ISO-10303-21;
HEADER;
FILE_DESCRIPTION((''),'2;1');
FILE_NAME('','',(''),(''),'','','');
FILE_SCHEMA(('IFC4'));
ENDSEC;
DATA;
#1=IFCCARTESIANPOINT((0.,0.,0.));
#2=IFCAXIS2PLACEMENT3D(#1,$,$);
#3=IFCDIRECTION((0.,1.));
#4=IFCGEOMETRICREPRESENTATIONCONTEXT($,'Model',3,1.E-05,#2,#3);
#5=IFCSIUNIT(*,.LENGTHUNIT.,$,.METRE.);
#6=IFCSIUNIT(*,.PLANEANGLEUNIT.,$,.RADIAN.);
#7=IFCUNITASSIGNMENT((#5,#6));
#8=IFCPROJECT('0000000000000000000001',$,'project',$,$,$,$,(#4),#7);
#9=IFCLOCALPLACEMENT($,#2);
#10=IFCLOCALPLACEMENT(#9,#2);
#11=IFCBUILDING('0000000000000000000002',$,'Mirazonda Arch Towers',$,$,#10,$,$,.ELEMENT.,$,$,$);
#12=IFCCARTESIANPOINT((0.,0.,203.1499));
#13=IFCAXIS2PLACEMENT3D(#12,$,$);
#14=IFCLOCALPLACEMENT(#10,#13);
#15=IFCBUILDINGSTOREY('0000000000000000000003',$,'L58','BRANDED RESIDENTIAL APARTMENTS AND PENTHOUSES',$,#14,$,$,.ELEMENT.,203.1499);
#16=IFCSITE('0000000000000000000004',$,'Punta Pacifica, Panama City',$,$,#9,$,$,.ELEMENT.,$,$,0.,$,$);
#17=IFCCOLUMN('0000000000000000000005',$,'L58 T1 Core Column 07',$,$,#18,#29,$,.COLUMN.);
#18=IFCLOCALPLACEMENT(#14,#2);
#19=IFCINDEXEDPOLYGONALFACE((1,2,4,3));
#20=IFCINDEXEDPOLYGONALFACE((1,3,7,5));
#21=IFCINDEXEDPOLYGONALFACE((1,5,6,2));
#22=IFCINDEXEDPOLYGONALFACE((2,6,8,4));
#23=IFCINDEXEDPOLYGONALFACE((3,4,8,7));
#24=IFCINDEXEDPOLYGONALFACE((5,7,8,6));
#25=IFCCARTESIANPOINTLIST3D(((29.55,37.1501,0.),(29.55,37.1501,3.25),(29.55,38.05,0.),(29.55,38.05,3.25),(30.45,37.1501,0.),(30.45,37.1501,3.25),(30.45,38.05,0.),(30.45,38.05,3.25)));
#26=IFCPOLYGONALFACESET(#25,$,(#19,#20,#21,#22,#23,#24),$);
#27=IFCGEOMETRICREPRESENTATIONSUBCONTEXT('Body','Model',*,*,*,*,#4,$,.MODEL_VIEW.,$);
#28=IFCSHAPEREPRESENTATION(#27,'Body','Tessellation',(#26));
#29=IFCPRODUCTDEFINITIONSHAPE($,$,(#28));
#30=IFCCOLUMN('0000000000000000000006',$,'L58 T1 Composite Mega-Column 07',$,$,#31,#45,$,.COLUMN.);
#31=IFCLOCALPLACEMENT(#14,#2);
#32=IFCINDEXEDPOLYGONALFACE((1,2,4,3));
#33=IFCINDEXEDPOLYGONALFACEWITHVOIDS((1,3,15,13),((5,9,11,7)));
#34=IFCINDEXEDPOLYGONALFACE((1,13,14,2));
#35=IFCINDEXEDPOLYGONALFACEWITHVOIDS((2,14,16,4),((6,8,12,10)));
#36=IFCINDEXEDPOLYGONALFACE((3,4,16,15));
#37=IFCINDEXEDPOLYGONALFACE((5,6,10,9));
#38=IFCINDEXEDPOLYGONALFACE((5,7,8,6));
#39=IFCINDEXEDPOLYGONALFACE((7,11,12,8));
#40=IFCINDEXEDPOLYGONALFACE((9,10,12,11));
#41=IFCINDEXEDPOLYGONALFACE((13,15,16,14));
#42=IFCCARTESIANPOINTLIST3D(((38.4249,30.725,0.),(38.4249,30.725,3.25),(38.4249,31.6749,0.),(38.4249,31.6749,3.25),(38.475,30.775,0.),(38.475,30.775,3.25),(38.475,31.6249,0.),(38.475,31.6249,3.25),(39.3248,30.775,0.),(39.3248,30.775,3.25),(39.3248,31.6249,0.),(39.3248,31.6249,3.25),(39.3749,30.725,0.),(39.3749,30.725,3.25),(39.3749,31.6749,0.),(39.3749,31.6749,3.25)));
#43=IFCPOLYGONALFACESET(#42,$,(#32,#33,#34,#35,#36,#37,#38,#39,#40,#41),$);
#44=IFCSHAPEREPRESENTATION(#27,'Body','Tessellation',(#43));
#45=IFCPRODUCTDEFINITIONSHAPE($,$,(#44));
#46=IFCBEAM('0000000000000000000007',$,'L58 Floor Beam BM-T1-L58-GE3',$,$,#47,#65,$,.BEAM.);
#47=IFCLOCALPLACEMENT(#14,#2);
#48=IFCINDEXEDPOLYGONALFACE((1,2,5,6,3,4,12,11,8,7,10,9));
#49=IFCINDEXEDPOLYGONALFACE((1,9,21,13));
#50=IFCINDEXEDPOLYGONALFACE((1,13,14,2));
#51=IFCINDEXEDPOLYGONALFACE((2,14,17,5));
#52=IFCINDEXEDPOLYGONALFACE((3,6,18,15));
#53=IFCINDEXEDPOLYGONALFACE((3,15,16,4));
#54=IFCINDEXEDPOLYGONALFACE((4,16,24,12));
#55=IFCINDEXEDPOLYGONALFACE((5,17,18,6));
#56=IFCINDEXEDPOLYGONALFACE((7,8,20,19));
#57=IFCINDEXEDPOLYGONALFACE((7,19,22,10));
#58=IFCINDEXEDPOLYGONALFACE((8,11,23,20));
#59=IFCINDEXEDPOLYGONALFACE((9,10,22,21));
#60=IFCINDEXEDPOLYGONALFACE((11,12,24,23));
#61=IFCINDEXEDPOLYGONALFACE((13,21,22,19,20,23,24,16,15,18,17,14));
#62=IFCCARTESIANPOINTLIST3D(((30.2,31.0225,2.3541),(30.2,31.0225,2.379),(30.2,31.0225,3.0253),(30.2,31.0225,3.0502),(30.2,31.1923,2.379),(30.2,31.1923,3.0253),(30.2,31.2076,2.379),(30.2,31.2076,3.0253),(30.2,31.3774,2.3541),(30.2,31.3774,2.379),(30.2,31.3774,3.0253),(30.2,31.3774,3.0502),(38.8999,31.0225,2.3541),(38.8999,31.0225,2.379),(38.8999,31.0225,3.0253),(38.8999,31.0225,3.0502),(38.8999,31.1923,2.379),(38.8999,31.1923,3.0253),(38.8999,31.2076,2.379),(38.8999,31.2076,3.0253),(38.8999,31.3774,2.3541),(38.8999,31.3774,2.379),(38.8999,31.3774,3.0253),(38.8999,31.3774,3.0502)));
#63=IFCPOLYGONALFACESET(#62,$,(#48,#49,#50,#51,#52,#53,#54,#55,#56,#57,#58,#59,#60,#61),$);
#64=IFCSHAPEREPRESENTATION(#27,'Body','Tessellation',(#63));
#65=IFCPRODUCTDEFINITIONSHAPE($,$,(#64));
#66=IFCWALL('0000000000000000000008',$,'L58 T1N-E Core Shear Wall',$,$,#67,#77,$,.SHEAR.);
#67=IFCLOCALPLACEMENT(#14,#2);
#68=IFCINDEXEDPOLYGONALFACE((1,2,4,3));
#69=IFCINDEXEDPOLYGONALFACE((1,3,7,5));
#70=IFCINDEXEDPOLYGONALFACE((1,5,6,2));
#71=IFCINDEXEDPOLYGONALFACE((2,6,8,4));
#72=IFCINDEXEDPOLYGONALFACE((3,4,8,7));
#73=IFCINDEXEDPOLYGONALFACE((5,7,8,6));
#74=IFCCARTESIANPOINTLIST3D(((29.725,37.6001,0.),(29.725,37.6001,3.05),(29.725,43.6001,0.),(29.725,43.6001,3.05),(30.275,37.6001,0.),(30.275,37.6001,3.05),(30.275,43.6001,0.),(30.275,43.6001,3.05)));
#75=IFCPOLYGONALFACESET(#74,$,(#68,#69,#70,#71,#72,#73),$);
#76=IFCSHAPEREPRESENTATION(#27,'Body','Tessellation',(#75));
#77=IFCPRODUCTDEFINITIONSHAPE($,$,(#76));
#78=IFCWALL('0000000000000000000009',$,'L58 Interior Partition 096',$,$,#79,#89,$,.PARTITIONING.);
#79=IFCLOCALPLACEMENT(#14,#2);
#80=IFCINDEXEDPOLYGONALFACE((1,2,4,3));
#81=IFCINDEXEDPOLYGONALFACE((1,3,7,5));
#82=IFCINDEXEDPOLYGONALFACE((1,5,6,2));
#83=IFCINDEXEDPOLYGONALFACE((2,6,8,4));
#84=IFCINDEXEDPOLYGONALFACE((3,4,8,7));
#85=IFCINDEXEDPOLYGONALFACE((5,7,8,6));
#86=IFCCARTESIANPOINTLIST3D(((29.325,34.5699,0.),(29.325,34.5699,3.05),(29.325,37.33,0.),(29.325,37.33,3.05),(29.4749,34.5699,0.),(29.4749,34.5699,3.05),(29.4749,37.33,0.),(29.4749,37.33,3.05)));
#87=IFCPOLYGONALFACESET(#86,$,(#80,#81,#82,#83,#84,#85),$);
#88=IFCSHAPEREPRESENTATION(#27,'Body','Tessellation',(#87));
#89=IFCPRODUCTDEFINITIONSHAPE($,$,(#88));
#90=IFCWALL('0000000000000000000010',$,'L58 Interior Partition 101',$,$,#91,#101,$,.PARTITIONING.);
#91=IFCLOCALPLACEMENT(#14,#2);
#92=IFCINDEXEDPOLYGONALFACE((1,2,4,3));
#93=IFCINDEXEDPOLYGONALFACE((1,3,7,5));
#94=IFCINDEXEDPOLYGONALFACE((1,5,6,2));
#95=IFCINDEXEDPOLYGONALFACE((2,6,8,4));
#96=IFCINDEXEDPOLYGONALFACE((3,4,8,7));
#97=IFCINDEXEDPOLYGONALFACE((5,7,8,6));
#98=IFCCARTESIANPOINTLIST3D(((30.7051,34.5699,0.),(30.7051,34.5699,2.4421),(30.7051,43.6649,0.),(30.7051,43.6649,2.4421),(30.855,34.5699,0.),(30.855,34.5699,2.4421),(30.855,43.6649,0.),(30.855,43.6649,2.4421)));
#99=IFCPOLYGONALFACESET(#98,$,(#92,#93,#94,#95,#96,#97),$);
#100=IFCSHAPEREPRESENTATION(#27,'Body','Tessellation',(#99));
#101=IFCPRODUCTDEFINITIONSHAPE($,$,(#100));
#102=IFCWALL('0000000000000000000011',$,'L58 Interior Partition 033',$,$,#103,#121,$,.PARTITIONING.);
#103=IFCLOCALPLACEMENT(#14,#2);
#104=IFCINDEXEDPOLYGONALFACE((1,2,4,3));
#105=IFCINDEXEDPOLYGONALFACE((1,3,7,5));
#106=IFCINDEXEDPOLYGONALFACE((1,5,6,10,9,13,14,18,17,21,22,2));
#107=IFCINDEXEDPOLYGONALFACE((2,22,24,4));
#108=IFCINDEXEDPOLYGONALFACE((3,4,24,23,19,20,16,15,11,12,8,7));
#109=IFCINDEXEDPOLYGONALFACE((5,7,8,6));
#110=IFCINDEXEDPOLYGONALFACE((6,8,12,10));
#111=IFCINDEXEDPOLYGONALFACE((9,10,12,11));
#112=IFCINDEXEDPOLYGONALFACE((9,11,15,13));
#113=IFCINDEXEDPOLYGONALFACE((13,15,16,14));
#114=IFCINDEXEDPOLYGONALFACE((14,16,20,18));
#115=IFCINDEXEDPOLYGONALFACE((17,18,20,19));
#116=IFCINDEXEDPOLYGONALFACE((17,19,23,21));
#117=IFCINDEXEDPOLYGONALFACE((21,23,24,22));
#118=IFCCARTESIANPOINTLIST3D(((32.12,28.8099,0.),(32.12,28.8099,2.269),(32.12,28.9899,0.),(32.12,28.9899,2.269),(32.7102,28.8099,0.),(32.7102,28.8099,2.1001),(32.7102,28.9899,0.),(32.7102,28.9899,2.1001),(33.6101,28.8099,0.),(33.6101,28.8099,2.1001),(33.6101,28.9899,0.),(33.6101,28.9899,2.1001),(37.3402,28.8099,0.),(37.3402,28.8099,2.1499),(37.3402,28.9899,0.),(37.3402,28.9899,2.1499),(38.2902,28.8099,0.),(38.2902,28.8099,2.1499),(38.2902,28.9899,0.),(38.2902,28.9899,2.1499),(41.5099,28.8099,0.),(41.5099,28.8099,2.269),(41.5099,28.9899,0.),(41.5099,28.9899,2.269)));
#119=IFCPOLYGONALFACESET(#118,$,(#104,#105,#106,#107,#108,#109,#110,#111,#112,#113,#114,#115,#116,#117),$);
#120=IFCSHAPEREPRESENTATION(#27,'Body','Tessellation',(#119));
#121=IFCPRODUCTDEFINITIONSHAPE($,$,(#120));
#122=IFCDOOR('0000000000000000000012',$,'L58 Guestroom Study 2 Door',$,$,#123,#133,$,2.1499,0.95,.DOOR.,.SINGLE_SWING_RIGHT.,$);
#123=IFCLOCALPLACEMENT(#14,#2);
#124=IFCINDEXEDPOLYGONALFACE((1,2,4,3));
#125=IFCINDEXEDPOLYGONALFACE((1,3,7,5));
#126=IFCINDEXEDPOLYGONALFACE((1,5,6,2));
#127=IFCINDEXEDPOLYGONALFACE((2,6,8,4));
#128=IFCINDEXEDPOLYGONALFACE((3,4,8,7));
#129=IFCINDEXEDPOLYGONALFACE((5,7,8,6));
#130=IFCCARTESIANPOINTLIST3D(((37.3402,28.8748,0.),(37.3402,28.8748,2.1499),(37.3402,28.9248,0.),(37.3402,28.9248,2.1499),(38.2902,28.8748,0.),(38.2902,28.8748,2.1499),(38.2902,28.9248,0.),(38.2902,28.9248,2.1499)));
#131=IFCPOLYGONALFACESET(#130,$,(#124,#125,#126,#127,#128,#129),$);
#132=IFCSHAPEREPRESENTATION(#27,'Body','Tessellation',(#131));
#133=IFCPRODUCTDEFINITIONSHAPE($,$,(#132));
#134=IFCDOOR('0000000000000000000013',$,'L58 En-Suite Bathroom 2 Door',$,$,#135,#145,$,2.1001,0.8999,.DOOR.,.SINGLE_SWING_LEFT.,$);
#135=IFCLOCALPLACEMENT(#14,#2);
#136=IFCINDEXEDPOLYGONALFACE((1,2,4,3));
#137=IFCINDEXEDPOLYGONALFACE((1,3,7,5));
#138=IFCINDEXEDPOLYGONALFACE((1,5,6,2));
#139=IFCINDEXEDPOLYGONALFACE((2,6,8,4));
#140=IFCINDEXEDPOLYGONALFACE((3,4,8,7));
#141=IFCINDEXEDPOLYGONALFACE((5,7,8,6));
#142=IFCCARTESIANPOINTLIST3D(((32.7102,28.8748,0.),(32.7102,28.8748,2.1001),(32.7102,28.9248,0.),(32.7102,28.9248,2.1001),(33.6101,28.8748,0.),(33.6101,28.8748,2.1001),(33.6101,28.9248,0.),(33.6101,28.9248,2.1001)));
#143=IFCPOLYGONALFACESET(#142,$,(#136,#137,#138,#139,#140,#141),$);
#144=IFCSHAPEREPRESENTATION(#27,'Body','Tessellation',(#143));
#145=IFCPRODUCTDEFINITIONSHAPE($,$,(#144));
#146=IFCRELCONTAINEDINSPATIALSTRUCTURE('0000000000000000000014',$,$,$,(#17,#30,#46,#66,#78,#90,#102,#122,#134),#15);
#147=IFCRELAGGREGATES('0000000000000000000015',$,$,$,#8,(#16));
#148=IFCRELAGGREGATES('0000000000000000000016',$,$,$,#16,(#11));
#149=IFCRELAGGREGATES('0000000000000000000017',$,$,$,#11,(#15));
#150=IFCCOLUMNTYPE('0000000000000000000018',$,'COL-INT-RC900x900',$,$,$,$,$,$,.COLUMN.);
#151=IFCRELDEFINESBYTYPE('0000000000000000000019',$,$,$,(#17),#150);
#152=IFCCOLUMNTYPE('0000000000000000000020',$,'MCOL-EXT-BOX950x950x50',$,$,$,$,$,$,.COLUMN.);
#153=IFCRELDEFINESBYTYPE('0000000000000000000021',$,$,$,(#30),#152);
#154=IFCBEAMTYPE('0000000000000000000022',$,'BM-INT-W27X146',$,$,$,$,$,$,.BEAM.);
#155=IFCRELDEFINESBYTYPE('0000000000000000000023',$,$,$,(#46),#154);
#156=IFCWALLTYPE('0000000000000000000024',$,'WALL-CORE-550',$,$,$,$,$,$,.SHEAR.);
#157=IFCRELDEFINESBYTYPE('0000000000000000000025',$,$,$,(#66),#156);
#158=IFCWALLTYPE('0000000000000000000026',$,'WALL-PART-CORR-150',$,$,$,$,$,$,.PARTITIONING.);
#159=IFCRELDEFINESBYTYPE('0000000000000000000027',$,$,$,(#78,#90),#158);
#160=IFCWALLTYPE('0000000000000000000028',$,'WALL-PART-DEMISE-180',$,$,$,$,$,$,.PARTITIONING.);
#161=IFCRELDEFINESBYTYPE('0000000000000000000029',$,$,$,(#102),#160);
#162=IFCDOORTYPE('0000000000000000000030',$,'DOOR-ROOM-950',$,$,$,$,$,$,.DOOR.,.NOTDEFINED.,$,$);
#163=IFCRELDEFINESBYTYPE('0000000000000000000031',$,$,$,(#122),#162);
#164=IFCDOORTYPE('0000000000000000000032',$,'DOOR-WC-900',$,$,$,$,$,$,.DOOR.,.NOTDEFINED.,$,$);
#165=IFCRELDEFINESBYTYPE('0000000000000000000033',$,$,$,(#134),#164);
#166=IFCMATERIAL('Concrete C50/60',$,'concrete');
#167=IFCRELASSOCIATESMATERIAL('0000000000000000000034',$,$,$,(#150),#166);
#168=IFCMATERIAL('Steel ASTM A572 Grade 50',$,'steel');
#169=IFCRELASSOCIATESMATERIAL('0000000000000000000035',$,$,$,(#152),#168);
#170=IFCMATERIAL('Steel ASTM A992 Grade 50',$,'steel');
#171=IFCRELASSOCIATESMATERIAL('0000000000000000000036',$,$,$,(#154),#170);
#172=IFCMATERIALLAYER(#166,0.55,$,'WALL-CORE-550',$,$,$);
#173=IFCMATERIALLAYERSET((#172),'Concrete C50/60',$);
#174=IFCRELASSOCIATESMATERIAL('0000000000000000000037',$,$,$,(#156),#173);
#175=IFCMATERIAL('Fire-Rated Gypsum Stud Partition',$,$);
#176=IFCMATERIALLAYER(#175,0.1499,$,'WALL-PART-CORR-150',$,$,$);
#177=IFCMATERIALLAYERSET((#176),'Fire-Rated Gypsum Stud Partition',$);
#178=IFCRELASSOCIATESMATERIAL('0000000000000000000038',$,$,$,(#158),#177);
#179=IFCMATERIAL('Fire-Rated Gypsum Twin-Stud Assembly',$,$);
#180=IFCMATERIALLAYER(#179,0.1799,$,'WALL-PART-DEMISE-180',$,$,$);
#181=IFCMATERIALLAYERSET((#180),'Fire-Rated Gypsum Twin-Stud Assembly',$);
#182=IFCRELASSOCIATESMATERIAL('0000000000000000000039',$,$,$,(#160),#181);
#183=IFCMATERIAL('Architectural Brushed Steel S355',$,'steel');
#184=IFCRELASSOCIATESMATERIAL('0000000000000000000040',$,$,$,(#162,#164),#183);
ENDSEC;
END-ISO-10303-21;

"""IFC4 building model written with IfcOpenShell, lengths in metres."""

from ifc_helpers import new_model, si_unit, direction, frame, frame_2d, origin, origin_2d, place, context, subcontext, project, spatial, rectangle, hollow_rectangle, i_section, extrude, material, layer, layer_set, material_profile, profile_set, type_object, element, fill, save


model = new_model("IFC4")

# Units and contexts
model_context = context("Model", 3, precision=1e-05, world=origin(), true_north=direction((0.0, 1.0)))
body_context = subcontext(model_context, "Body", "Model", "MODEL_VIEW")
ifc_project = project(units=[si_unit("LENGTHUNIT", "METRE"), si_unit("PLANEANGLEUNIT", "RADIAN")], contexts=[model_context])

# Site, building, storey
site_placement = place(None, origin())
site = spatial("IfcSite", under=ifc_project, at=site_placement, Name="Punta Pacifica, Panama City", CompositionType="ELEMENT", RefElevation=0.0)
building_placement = place(site_placement, origin())
building = spatial("IfcBuilding", under=site, at=building_placement, Name="Mirazonda Arch Towers", CompositionType="ELEMENT")
storey_placement = place(building_placement, frame((0.0, 0.0, 203.1499)))
storey = spatial("IfcBuildingStorey", under=building, at=storey_placement, Name="L58", Description="BRANDED RESIDENTIAL APARTMENTS AND PENTHOUSES", CompositionType="ELEMENT", Elevation=203.1499)

# Columns
ifc_material_1 = material(Name="Concrete C50/60", Category="concrete")
ifc_material_profile_1 = material_profile(ifc_material_1, rectangle(XDim=0.8999, YDim=0.8999, at=origin_2d()), Name="RC900x900")
ifc_profile_set_1 = profile_set([ifc_material_profile_1], Name="Concrete C50/60")
column_type_1 = type_object("IfcColumnType", Name="COL-INT-RC900x900", PredefinedType="COLUMN", material=ifc_profile_set_1)
column_1_placement = place(storey_placement, frame((30.0, 37.6001, 0.0), z_axis=(0.0, 0.0, 1.0), x_axis=(1.0, 0.0, 0.0)))
element("IfcColumn", 1, at=column_1_placement, inside=storey, type_object=column_type_1, Name="L58 T1 Core Column 07", PredefinedType="COLUMN", context=body_context, shape_type="SweptSolid", body=[
    extrude(rectangle(XDim=0.8999, YDim=0.8999, at=origin_2d()), origin(), (0.0, 0.0, 1.0), 3.25),
])
ifc_material_2 = material(Name="Steel ASTM A572 Grade 50", Category="steel")
ifc_material_profile_2 = material_profile(ifc_material_2, hollow_rectangle(XDim=0.95, YDim=0.95, WallThickness=0.05, at=origin_2d()), Name="BOX950x950x50")
ifc_profile_set_2 = profile_set([ifc_material_profile_2], Name="Steel ASTM A572 Grade 50")
column_type_2 = type_object("IfcColumnType", Name="MCOL-EXT-BOX950x950x50", PredefinedType="COLUMN", material=ifc_profile_set_2)
column_2_placement = place(storey_placement, frame((38.8999, 31.2, 0.0), z_axis=(0.0, 0.0, 1.0), x_axis=(1.0, 0.0, 0.0)))
element("IfcColumn", 2, at=column_2_placement, inside=storey, type_object=column_type_2, Name="L58 T1 Composite Mega-Column 07", PredefinedType="COLUMN", context=body_context, shape_type="SweptSolid", body=[
    extrude(hollow_rectangle(XDim=0.95, YDim=0.95, WallThickness=0.05, at=origin_2d()), origin(), (0.0, 0.0, 1.0), 3.25),
])

# Beam
ifc_material_3 = material(Name="Steel ASTM A992 Grade 50", Category="steel")
ifc_material_profile_3 = material_profile(ifc_material_3, i_section(OverallWidth=0.355, OverallDepth=0.696, WebThickness=0.0154, FlangeThickness=0.0249, at=origin_2d()), Name="W27X146")
ifc_profile_set_3 = profile_set([ifc_material_profile_3], Name="Steel ASTM A992 Grade 50")
beam_type = type_object("IfcBeamType", Name="BM-INT-W27X146", PredefinedType="BEAM", material=ifc_profile_set_3)
beam_placement = place(storey_placement, frame((30.2, 31.2, 2.7021), z_axis=(1.0, 0.0, 0.0), x_axis=(0.0, 1.0, 0.0)))
element("IfcBeam", 3, at=beam_placement, inside=storey, type_object=beam_type, Name="L58 Floor Beam BM-T1-L58-GE3", PredefinedType="BEAM", context=body_context, shape_type="SweptSolid", body=[
    extrude(i_section(OverallWidth=0.355, OverallDepth=0.696, WebThickness=0.0154, FlangeThickness=0.0249, at=origin_2d()), origin(), (0.0, 0.0, 1.0), 8.7),
])

# Walls
ifc_layer_1 = layer(ifc_material_1, 0.55, Name="WALL-CORE-550")
ifc_layer_set_1 = layer_set([ifc_layer_1], Name="Concrete C50/60")
wall_type_1 = type_object("IfcWallType", Name="WALL-CORE-550", PredefinedType="SHEAR", material=ifc_layer_set_1)
wall_1_placement = place(storey_placement, frame((30.0, 37.6001, 0.0), z_axis=(0.0, 0.0, 1.0), x_axis=(0.0, 1.0, 0.0)))
element("IfcWall", 4, at=wall_1_placement, inside=storey, type_object=wall_type_1, Name="L58 T1N-E Core Shear Wall", PredefinedType="SHEAR", context=body_context, shape_type="SweptSolid", body=[
    extrude(rectangle(XDim=6.0, YDim=0.55, at=frame_2d((3.0, 0.0))), origin(), (0.0, 0.0, 1.0), 3.05),
])
ifc_material_4 = material(Name="Fire-Rated Gypsum Stud Partition")
ifc_layer_2 = layer(ifc_material_4, 0.1499, Name="WALL-PART-CORR-150")
ifc_layer_set_2 = layer_set([ifc_layer_2], Name="Fire-Rated Gypsum Stud Partition")
wall_type_2 = type_object("IfcWallType", Name="WALL-PART-CORR-150", PredefinedType="PARTITIONING", material=ifc_layer_set_2)
wall_2_placement = place(storey_placement, frame((29.3999, 34.5701, 0.0), z_axis=(0.0, 0.0, 1.0), x_axis=(0.0, 1.0, 0.0)))
element("IfcWall", 5, at=wall_2_placement, inside=storey, type_object=wall_type_2, Name="L58 Interior Partition 096", PredefinedType="PARTITIONING", context=body_context, shape_type="SweptSolid", body=[
    extrude(rectangle(XDim=2.76, YDim=0.1499, at=frame_2d((1.3799, 0.0))), origin(), (0.0, 0.0, 1.0), 3.05),
])
wall_3_placement = place(storey_placement, frame((30.78, 34.5701, 0.0), z_axis=(0.0, 0.0, 1.0), x_axis=(0.0, 1.0, 0.0)))
element("IfcWall", 6, at=wall_3_placement, inside=storey, type_object=wall_type_2, Name="L58 Interior Partition 101", PredefinedType="PARTITIONING", context=body_context, shape_type="SweptSolid", body=[
    extrude(rectangle(XDim=9.095, YDim=0.1499, at=frame_2d((4.5474, 0.0))), origin(), (0.0, 0.0, 1.0), 2.4421),
])

# Wall, openings, doors
ifc_material_5 = material(Name="Fire-Rated Gypsum Twin-Stud Assembly")
ifc_layer_3 = layer(ifc_material_5, 0.1799, Name="WALL-PART-DEMISE-180")
ifc_layer_set_3 = layer_set([ifc_layer_3], Name="Fire-Rated Gypsum Twin-Stud Assembly")
wall_type_3 = type_object("IfcWallType", Name="WALL-PART-DEMISE-180", PredefinedType="PARTITIONING", material=ifc_layer_set_3)
wall_4_placement = place(storey_placement, frame((32.1201, 28.8999, 0.0), z_axis=(0.0, 0.0, 1.0), x_axis=(1.0, 0.0, 0.0)))
wall_4 = element("IfcWall", 7, at=wall_4_placement, inside=storey, type_object=wall_type_3, Name="L58 Interior Partition 033", PredefinedType="PARTITIONING", context=body_context, shape_type="SweptSolid", body=[
    extrude(rectangle(XDim=9.3899, YDim=0.1799, at=frame_2d((4.6948, 0.0))), origin(), (0.0, 0.0, 1.0), 2.269),
])
opening_1_placement = place(wall_4_placement, frame((5.22, 0.0, 0.0)))
opening_1 = element("IfcOpeningElement", 8, at=opening_1_placement, cuts=wall_4, PredefinedType="OPENING", context=body_context, shape_type="SweptSolid", body=[
    extrude(rectangle(XDim=0.95, YDim=2.1499, at=frame_2d((0.4751, 1.075))), frame((0.0, 0.0999, 0.0), z_axis=(0.0, -1.0, 0.0), x_axis=(1.0, 0.0, 0.0)), (0.0, 0.0, 1.0), 0.2),
])
opening_2_placement = place(wall_4_placement, frame((0.5901, 0.0, 0.0)))
opening_2 = element("IfcOpeningElement", 9, at=opening_2_placement, cuts=wall_4, PredefinedType="OPENING", context=body_context, shape_type="SweptSolid", body=[
    extrude(rectangle(XDim=0.8999, YDim=2.1001, at=frame_2d((0.45, 1.05))), frame((0.0, 0.0999, 0.0), z_axis=(0.0, -1.0, 0.0), x_axis=(1.0, 0.0, 0.0)), (0.0, 0.0, 1.0), 0.2),
])
ifc_material_6 = material(Name="Architectural Brushed Steel S355", Category="steel")
door_type_1 = type_object("IfcDoorType", Name="DOOR-ROOM-950", OperationType="NOTDEFINED", PredefinedType="DOOR", material=ifc_material_6)
door_1_placement = place(opening_1_placement, origin())
door_1 = element("IfcDoor", 10, at=door_1_placement, inside=storey, type_object=door_type_1, Name="L58 Guestroom Study 2 Door", OperationType="SINGLE_SWING_RIGHT", OverallHeight=2.1499, OverallWidth=0.95, PredefinedType="DOOR", context=body_context, shape_type="SweptSolid", body=[
    extrude(rectangle(XDim=0.95, YDim=2.1499, at=frame_2d((0.4751, 1.075))), frame((0.0, 0.0249, 0.0), z_axis=(0.0, -1.0, 0.0), x_axis=(1.0, 0.0, 0.0)), (0.0, 0.0, 1.0), 0.05),
])
fill(opening_1, door_1)
door_type_2 = type_object("IfcDoorType", Name="DOOR-WC-900", OperationType="NOTDEFINED", PredefinedType="DOOR", material=ifc_material_6)
door_2_placement = place(opening_2_placement, origin())
door_2 = element("IfcDoor", 11, at=door_2_placement, inside=storey, type_object=door_type_2, Name="L58 En-Suite Bathroom 2 Door", OperationType="SINGLE_SWING_LEFT", OverallHeight=2.1001, OverallWidth=0.8999, PredefinedType="DOOR", context=body_context, shape_type="SweptSolid", body=[
    extrude(rectangle(XDim=0.8999, YDim=2.1001, at=frame_2d((0.45, 1.05))), frame((0.0, 0.0249, 0.0), z_axis=(0.0, -1.0, 0.0), x_axis=(1.0, 0.0, 0.0)), (0.0, 0.0, 1.0), 0.05),
])
fill(opening_2, door_2)

save(model, "model.ifc")
